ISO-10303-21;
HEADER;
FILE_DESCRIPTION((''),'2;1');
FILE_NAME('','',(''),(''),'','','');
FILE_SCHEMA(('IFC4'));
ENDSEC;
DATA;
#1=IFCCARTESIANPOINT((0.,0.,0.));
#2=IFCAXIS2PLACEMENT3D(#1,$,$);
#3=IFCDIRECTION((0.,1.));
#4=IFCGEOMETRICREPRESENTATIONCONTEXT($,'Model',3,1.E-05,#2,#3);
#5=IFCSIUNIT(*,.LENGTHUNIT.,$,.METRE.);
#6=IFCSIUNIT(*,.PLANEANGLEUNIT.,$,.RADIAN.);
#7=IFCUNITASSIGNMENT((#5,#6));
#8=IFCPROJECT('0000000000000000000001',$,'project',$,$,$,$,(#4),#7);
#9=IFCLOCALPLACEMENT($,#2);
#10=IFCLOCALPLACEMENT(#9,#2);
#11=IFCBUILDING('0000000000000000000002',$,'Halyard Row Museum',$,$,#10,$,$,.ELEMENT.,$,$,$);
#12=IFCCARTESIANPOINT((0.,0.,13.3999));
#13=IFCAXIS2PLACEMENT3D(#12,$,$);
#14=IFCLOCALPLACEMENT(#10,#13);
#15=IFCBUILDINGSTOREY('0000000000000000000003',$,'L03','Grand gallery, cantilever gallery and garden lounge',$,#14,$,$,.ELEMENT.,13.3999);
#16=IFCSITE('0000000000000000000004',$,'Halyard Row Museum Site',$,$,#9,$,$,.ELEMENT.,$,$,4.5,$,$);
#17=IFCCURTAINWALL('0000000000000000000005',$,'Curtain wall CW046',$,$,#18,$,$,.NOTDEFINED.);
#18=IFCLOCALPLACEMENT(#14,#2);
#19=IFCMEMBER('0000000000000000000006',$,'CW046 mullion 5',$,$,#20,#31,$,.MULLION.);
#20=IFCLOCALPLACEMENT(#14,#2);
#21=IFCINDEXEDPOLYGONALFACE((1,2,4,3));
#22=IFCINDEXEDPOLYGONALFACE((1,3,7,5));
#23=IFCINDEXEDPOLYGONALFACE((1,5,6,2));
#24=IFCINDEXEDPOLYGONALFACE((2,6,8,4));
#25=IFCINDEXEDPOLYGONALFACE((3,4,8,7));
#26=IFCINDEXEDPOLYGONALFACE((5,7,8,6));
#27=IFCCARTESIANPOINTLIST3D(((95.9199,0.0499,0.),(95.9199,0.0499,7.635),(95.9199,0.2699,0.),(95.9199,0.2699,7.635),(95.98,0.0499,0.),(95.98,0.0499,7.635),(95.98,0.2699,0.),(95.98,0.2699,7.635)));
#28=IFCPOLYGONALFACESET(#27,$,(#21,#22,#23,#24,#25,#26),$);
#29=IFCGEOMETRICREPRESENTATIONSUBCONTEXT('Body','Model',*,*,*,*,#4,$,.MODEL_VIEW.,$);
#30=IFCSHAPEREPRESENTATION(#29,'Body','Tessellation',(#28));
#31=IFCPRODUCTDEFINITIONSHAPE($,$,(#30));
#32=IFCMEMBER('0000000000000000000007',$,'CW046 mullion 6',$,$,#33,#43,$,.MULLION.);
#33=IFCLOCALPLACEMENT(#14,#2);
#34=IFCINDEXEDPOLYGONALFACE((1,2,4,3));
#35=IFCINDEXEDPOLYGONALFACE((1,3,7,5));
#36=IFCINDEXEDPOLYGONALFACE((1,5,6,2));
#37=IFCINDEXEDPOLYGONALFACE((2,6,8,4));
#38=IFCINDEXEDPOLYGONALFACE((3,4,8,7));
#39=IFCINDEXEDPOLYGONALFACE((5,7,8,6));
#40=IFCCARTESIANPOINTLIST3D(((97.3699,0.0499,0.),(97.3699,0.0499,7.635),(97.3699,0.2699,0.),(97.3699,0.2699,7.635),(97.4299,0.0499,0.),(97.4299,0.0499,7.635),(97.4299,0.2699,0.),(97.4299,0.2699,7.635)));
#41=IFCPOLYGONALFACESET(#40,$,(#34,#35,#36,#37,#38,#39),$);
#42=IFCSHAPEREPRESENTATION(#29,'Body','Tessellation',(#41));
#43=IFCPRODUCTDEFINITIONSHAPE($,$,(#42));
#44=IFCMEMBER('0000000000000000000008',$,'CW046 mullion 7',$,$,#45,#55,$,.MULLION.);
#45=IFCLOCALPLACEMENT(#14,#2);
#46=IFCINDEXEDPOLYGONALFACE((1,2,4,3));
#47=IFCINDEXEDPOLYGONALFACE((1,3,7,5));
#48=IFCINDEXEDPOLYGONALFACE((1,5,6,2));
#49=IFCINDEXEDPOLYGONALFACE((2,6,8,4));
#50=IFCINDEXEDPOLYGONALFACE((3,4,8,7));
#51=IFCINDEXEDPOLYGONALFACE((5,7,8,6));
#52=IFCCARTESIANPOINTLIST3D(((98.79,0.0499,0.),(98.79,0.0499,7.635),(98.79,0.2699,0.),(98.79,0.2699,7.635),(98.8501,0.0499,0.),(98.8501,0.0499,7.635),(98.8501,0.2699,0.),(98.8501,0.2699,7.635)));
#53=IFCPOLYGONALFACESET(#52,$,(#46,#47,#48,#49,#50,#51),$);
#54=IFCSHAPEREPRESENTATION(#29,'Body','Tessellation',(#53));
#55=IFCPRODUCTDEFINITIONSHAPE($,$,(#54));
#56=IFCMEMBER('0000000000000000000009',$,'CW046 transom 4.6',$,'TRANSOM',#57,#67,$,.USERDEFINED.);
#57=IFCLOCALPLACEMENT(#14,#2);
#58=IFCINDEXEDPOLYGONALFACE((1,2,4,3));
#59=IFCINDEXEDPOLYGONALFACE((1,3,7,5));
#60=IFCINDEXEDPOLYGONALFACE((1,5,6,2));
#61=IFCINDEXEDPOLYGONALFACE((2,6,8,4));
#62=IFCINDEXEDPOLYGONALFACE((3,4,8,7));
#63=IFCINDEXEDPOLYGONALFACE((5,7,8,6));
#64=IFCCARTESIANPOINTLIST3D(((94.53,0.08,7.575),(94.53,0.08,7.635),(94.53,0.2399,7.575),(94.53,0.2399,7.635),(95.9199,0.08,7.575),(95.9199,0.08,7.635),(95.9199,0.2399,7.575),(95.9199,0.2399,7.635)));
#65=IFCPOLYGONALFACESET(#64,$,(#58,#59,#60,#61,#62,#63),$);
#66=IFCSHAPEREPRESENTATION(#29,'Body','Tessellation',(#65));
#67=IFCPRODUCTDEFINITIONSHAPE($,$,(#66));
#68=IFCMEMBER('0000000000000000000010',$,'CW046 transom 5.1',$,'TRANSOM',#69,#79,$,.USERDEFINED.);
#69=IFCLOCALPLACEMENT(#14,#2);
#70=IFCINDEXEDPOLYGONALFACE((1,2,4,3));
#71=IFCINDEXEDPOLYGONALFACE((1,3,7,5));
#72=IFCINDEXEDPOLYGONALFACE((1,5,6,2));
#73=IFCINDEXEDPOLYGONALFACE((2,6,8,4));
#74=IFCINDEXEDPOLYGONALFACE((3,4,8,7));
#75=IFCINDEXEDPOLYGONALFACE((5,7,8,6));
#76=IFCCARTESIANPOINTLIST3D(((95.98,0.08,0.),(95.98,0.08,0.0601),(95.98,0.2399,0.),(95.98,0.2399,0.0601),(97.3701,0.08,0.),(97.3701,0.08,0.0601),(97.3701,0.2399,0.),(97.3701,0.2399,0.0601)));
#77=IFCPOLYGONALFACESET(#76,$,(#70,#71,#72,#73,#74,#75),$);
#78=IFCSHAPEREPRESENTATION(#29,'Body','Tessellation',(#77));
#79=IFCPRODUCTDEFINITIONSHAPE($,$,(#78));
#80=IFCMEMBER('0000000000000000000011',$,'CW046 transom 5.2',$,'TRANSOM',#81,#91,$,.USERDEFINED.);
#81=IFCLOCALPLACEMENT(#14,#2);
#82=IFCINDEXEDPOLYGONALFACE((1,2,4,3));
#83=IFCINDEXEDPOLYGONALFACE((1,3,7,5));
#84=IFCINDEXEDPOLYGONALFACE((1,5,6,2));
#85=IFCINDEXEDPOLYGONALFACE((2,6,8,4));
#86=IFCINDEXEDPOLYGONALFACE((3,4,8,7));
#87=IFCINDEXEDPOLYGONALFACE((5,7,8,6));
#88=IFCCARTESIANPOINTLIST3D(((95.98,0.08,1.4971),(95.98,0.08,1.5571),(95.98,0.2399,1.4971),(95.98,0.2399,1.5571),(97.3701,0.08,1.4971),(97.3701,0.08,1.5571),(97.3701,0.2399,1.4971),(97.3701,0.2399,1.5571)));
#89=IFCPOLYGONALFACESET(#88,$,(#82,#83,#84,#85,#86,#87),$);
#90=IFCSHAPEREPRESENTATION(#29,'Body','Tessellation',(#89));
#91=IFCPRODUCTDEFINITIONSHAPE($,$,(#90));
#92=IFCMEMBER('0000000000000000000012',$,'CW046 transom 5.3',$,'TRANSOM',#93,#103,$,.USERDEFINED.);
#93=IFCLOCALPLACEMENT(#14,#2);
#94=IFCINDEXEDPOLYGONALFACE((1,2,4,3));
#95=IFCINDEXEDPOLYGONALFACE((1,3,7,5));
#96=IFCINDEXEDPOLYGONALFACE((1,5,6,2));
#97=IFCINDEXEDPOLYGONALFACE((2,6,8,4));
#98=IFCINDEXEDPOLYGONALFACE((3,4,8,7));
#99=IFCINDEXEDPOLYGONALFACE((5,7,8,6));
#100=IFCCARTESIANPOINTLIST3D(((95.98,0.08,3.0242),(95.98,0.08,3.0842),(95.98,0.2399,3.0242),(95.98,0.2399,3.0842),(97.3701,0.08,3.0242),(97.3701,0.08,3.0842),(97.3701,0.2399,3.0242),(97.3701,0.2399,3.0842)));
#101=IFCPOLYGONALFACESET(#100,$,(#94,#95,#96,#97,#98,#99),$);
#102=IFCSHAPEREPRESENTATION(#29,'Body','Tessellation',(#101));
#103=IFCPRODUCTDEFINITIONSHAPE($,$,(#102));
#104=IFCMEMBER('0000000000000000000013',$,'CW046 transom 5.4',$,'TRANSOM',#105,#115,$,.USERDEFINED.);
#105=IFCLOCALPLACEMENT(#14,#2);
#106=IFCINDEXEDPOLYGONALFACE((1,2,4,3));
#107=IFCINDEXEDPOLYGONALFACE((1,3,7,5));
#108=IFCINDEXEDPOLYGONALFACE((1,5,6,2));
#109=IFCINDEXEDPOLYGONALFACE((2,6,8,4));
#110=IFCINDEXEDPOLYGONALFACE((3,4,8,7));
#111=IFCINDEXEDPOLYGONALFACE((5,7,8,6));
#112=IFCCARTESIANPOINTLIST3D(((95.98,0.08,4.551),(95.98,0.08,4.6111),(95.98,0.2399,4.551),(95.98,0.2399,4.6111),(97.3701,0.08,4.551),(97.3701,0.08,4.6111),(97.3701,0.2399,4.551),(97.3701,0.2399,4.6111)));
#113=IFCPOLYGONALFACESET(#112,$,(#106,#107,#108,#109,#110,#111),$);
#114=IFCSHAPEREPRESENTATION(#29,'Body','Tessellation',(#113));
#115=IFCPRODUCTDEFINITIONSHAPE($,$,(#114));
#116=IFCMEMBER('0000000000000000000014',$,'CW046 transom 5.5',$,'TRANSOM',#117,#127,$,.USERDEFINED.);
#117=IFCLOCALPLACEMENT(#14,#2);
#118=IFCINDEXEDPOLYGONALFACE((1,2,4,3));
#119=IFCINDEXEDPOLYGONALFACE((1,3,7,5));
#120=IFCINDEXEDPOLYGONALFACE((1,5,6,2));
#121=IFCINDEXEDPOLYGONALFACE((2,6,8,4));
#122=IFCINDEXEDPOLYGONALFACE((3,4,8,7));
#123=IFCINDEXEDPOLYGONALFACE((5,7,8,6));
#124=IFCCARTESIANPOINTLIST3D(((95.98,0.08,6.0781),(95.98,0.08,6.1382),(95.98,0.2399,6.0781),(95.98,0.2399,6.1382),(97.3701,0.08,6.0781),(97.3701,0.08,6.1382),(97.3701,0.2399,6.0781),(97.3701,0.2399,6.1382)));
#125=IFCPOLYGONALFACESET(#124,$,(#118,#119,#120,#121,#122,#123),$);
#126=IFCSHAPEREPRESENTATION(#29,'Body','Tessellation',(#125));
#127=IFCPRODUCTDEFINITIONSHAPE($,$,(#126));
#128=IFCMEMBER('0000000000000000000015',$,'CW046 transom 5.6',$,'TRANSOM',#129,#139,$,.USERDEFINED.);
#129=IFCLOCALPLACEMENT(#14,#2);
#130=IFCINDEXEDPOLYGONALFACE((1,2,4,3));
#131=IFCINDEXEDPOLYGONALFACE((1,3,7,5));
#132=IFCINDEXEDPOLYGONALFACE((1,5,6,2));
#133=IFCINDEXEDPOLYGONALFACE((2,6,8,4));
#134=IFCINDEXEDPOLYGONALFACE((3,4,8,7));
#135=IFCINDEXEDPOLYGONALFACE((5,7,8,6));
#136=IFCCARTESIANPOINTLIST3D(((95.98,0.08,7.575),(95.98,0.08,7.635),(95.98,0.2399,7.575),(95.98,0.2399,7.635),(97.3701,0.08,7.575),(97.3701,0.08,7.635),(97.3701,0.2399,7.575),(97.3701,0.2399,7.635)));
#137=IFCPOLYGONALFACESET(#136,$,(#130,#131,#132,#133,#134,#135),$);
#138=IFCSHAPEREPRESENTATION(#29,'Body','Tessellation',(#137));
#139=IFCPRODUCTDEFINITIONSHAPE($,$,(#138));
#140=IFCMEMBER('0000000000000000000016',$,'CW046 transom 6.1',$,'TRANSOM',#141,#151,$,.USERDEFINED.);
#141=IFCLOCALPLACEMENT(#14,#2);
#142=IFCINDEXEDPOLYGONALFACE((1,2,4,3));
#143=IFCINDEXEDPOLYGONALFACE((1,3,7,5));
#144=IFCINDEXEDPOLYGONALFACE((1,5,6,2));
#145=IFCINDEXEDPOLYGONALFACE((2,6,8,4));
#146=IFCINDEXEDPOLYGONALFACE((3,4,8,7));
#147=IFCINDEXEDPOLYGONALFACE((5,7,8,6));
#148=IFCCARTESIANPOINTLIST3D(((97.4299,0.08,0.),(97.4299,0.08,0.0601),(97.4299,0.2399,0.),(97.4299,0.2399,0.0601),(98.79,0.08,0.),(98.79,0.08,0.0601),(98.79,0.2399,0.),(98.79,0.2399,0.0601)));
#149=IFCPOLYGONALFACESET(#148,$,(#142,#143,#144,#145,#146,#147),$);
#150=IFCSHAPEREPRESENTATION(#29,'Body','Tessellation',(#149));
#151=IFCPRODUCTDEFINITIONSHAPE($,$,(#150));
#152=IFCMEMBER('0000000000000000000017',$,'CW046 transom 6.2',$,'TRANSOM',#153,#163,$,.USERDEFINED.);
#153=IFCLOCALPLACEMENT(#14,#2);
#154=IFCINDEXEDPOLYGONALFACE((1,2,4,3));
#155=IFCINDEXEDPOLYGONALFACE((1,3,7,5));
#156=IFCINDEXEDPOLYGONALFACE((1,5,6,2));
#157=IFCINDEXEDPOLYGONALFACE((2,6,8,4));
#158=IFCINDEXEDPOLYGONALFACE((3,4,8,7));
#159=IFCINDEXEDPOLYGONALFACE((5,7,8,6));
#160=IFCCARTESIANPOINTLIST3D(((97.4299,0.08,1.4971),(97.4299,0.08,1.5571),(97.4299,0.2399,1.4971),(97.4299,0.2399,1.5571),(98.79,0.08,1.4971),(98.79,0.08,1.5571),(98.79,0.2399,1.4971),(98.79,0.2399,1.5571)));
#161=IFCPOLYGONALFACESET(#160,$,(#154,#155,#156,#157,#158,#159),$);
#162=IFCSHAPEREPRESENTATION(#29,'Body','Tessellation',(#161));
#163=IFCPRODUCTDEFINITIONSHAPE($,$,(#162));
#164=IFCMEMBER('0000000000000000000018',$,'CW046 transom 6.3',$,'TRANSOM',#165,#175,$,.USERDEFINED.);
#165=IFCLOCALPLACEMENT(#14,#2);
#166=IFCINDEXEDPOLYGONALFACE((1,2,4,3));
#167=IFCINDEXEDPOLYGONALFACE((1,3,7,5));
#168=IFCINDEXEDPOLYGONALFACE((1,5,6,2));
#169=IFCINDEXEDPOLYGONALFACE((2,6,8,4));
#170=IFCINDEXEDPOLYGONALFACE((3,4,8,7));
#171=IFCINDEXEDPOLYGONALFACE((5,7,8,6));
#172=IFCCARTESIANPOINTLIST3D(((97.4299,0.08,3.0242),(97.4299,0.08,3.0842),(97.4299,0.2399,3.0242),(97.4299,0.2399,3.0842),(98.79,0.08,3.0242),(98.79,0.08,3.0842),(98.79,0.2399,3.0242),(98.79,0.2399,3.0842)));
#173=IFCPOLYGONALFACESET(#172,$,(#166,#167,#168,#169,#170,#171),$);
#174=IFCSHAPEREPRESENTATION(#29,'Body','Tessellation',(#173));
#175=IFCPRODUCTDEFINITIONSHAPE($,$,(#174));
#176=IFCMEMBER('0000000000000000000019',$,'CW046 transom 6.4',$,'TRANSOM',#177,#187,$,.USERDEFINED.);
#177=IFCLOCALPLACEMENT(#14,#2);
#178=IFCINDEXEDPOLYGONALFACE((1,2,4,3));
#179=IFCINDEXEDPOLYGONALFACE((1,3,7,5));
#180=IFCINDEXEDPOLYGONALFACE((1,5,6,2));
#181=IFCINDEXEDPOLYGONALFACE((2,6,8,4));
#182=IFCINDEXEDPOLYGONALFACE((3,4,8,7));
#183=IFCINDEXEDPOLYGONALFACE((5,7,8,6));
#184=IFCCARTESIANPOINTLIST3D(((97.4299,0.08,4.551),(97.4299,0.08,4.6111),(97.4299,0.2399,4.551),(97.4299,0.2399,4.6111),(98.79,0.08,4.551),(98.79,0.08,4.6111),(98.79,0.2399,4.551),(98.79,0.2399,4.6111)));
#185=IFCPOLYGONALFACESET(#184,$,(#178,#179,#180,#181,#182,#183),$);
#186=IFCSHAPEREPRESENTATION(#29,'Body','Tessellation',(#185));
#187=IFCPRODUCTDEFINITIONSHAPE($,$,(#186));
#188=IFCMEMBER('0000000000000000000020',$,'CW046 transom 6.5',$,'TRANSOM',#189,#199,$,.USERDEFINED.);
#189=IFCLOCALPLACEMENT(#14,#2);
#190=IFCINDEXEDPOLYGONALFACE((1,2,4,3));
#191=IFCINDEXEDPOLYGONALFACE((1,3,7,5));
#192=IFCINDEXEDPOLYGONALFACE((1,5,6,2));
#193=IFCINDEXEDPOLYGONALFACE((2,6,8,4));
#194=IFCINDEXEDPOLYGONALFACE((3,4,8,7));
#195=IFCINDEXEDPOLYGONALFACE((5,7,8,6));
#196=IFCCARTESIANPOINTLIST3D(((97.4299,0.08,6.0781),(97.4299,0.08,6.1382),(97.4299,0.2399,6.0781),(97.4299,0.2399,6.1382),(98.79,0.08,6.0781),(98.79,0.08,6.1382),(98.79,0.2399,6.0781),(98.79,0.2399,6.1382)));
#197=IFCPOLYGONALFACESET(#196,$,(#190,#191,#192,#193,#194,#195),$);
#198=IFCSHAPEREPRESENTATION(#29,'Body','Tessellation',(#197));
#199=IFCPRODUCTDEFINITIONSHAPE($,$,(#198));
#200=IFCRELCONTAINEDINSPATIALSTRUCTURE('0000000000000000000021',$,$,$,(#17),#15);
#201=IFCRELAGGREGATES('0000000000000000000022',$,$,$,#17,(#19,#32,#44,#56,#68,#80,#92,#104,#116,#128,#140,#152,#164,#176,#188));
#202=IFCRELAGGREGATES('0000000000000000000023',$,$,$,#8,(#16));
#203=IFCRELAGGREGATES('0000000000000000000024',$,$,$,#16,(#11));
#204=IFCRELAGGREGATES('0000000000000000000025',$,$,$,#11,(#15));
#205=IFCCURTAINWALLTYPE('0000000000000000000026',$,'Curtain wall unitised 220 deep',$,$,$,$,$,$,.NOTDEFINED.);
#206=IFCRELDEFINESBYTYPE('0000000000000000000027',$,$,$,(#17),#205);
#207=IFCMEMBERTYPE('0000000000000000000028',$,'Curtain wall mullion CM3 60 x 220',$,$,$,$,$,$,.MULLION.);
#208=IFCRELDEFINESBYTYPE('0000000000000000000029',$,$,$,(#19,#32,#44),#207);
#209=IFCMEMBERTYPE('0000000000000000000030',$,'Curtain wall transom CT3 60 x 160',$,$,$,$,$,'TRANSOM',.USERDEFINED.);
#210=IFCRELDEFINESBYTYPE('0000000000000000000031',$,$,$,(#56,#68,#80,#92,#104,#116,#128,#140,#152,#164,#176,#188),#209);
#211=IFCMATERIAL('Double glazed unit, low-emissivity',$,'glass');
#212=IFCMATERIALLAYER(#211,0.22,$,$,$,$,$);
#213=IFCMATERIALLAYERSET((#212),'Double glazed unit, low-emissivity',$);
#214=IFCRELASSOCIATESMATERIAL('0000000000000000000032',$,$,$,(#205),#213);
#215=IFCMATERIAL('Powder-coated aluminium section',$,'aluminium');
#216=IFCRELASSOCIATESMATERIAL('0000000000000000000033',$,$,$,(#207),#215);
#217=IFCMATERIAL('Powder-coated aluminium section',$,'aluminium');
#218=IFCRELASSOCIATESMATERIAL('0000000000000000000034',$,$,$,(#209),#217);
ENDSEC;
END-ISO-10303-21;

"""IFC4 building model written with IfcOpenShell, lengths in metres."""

from ifc_helpers import new_model, si_unit, direction, frame, origin, origin_2d, place, context, subcontext, project, spatial, rectangle, extrude, material, layer, layer_set, material_profile, profile_set, type_object, element, aggregate, save


model = new_model("IFC4")

# Units and contexts
model_context = context("Model", 3, precision=1e-05, world=origin(), true_north=direction((0.0, 1.0)))
body_context = subcontext(model_context, "Body", "Model", "MODEL_VIEW")
ifc_project = project(units=[si_unit("LENGTHUNIT", "METRE"), si_unit("PLANEANGLEUNIT", "RADIAN")], contexts=[model_context])

# Site, building, storey
site_placement = place(None, origin())
site = spatial("IfcSite", under=ifc_project, at=site_placement, Name="Halyard Row Museum Site", CompositionType="ELEMENT", RefElevation=4.5)
building_placement = place(site_placement, origin())
building = spatial("IfcBuilding", under=site, at=building_placement, Name="Halyard Row Museum", CompositionType="ELEMENT")
storey_placement = place(building_placement, frame((0.0, 0.0, 13.3999)))
storey = spatial("IfcBuildingStorey", under=building, at=storey_placement, Name="L03", Description="Grand gallery, cantilever gallery and garden lounge", CompositionType="ELEMENT", Elevation=13.3999)

# Curtain wall, members
ifc_material_1 = material(Name="Double glazed unit, low-emissivity", Category="glass")
ifc_layer_1 = layer(ifc_material_1, 0.22)
ifc_layer_set_1 = layer_set([ifc_layer_1], Name="Double glazed unit, low-emissivity")
curtain_wall_type_1 = type_object("IfcCurtainWallType", Name="Curtain wall unitised 220 deep", PredefinedType="NOTDEFINED", material=ifc_layer_set_1)
curtain_wall_1_placement = place(storey_placement, origin())
curtain_wall_1 = element("IfcCurtainWall", 1, at=curtain_wall_1_placement, inside=storey, type_object=curtain_wall_type_1, Name="Curtain wall CW046", PredefinedType="NOTDEFINED")
ifc_material_2 = material(Name="Powder-coated aluminium section", Category="aluminium")
ifc_material_profile_1 = material_profile(ifc_material_2, rectangle(XDim=0.22, YDim=0.0601, at=origin_2d()), Name="220x60 mullion")
ifc_profile_set_1 = profile_set([ifc_material_profile_1], Name="Powder-coated aluminium section")
member_type_1 = type_object("IfcMemberType", Name="Curtain wall mullion CM3 60 x 220", PredefinedType="MULLION", material=ifc_profile_set_1)
member_1_placement = place(storey_placement, frame((95.95, 0.1599, 0.0), z_axis=(0.0, 0.0, 1.0), x_axis=(0.0, 1.0, 0.0)))
member_1 = element("IfcMember", 2, at=member_1_placement, type_object=member_type_1, Name="CW046 mullion 5", PredefinedType="MULLION", context=body_context, shape_type="SweptSolid", body=[
    extrude(rectangle(XDim=0.22, YDim=0.0601, at=origin_2d()), origin(), (0.0, 0.0, 1.0), 7.635),
])
member_2_placement = place(storey_placement, frame((97.3999, 0.1599, 0.0), z_axis=(0.0, 0.0, 1.0), x_axis=(0.0, 1.0, 0.0)))
member_2 = element("IfcMember", 3, at=member_2_placement, type_object=member_type_1, Name="CW046 mullion 6", PredefinedType="MULLION", context=body_context, shape_type="SweptSolid", body=[
    extrude(rectangle(XDim=0.22, YDim=0.0601, at=origin_2d()), origin(), (0.0, 0.0, 1.0), 7.635),
])
member_3_placement = place(storey_placement, frame((98.8201, 0.1599, 0.0), z_axis=(0.0, 0.0, 1.0), x_axis=(0.0, 1.0, 0.0)))
member_3 = element("IfcMember", 4, at=member_3_placement, type_object=member_type_1, Name="CW046 mullion 7", PredefinedType="MULLION", context=body_context, shape_type="SweptSolid", body=[
    extrude(rectangle(XDim=0.22, YDim=0.0601, at=origin_2d()), origin(), (0.0, 0.0, 1.0), 7.635),
])
ifc_material_3 = material(Name="Powder-coated aluminium section", Category="aluminium")
ifc_material_profile_2 = material_profile(ifc_material_3, rectangle(XDim=0.1599, YDim=0.0601, at=origin_2d()), Name="160x60 transom")
ifc_profile_set_2 = profile_set([ifc_material_profile_2], Name="Powder-coated aluminium section")
member_type_2 = type_object("IfcMemberType", Name="Curtain wall transom CT3 60 x 160", ElementType="TRANSOM", PredefinedType="USERDEFINED", material=ifc_profile_set_2)
member_4_placement = place(storey_placement, frame((94.53, 0.1599, 7.605), z_axis=(1.0, 0.0, 0.0), x_axis=(0.0, 1.0, 0.0)))
member_4 = element("IfcMember", 5, at=member_4_placement, type_object=member_type_2, Name="CW046 transom 4.6", ObjectType="TRANSOM", PredefinedType="USERDEFINED", context=body_context, shape_type="SweptSolid", body=[
    extrude(rectangle(XDim=0.1599, YDim=0.0601, at=origin_2d()), origin(), (0.0, 0.0, 1.0), 1.3899),
])
member_5_placement = place(storey_placement, frame((95.98, 0.1599, 0.03), z_axis=(1.0, 0.0, 0.0), x_axis=(0.0, 1.0, 0.0)))
member_5 = element("IfcMember", 6, at=member_5_placement, type_object=member_type_2, Name="CW046 transom 5.1", ObjectType="TRANSOM", PredefinedType="USERDEFINED", context=body_context, shape_type="SweptSolid", body=[
    extrude(rectangle(XDim=0.1599, YDim=0.0601, at=origin_2d()), origin(), (0.0, 0.0, 1.0), 1.3901),
])
member_6_placement = place(storey_placement, frame((95.98, 0.1599, 1.5271), z_axis=(1.0, 0.0, 0.0), x_axis=(0.0, 1.0, 0.0)))
member_6 = element("IfcMember", 7, at=member_6_placement, type_object=member_type_2, Name="CW046 transom 5.2", ObjectType="TRANSOM", PredefinedType="USERDEFINED", context=body_context, shape_type="SweptSolid", body=[
    extrude(rectangle(XDim=0.1599, YDim=0.0601, at=origin_2d()), origin(), (0.0, 0.0, 1.0), 1.3901),
])
member_7_placement = place(storey_placement, frame((95.98, 0.1599, 3.0542), z_axis=(1.0, 0.0, 0.0), x_axis=(0.0, 1.0, 0.0)))
member_7 = element("IfcMember", 8, at=member_7_placement, type_object=member_type_2, Name="CW046 transom 5.3", ObjectType="TRANSOM", PredefinedType="USERDEFINED", context=body_context, shape_type="SweptSolid", body=[
    extrude(rectangle(XDim=0.1599, YDim=0.0601, at=origin_2d()), origin(), (0.0, 0.0, 1.0), 1.3901),
])
member_8_placement = place(storey_placement, frame((95.98, 0.1599, 4.5811), z_axis=(1.0, 0.0, 0.0), x_axis=(0.0, 1.0, 0.0)))
member_8 = element("IfcMember", 9, at=member_8_placement, type_object=member_type_2, Name="CW046 transom 5.4", ObjectType="TRANSOM", PredefinedType="USERDEFINED", context=body_context, shape_type="SweptSolid", body=[
    extrude(rectangle(XDim=0.1599, YDim=0.0601, at=origin_2d()), origin(), (0.0, 0.0, 1.0), 1.3901),
])
member_9_placement = place(storey_placement, frame((95.98, 0.1599, 6.1082), z_axis=(1.0, 0.0, 0.0), x_axis=(0.0, 1.0, 0.0)))
member_9 = element("IfcMember", 10, at=member_9_placement, type_object=member_type_2, Name="CW046 transom 5.5", ObjectType="TRANSOM", PredefinedType="USERDEFINED", context=body_context, shape_type="SweptSolid", body=[
    extrude(rectangle(XDim=0.1599, YDim=0.0601, at=origin_2d()), origin(), (0.0, 0.0, 1.0), 1.3901),
])
member_10_placement = place(storey_placement, frame((95.98, 0.1599, 7.605), z_axis=(1.0, 0.0, 0.0), x_axis=(0.0, 1.0, 0.0)))
member_10 = element("IfcMember", 11, at=member_10_placement, type_object=member_type_2, Name="CW046 transom 5.6", ObjectType="TRANSOM", PredefinedType="USERDEFINED", context=body_context, shape_type="SweptSolid", body=[
    extrude(rectangle(XDim=0.1599, YDim=0.0601, at=origin_2d()), origin(), (0.0, 0.0, 1.0), 1.3901),
])
member_11_placement = place(storey_placement, frame((97.4299, 0.1599, 0.03), z_axis=(1.0, 0.0, 0.0), x_axis=(0.0, 1.0, 0.0)))
member_11 = element("IfcMember", 12, at=member_11_placement, type_object=member_type_2, Name="CW046 transom 6.1", ObjectType="TRANSOM", PredefinedType="USERDEFINED", context=body_context, shape_type="SweptSolid", body=[
    extrude(rectangle(XDim=0.1599, YDim=0.0601, at=origin_2d()), origin(), (0.0, 0.0, 1.0), 1.3601),
])
member_12_placement = place(storey_placement, frame((97.4299, 0.1599, 1.5271), z_axis=(1.0, 0.0, 0.0), x_axis=(0.0, 1.0, 0.0)))
member_12 = element("IfcMember", 13, at=member_12_placement, type_object=member_type_2, Name="CW046 transom 6.2", ObjectType="TRANSOM", PredefinedType="USERDEFINED", context=body_context, shape_type="SweptSolid", body=[
    extrude(rectangle(XDim=0.1599, YDim=0.0601, at=origin_2d()), origin(), (0.0, 0.0, 1.0), 1.3601),
])
member_13_placement = place(storey_placement, frame((97.4299, 0.1599, 3.0542), z_axis=(1.0, 0.0, 0.0), x_axis=(0.0, 1.0, 0.0)))
member_13 = element("IfcMember", 14, at=member_13_placement, type_object=member_type_2, Name="CW046 transom 6.3", ObjectType="TRANSOM", PredefinedType="USERDEFINED", context=body_context, shape_type="SweptSolid", body=[
    extrude(rectangle(XDim=0.1599, YDim=0.0601, at=origin_2d()), origin(), (0.0, 0.0, 1.0), 1.3601),
])
member_14_placement = place(storey_placement, frame((97.4299, 0.1599, 4.5811), z_axis=(1.0, 0.0, 0.0), x_axis=(0.0, 1.0, 0.0)))
member_14 = element("IfcMember", 15, at=member_14_placement, type_object=member_type_2, Name="CW046 transom 6.4", ObjectType="TRANSOM", PredefinedType="USERDEFINED", context=body_context, shape_type="SweptSolid", body=[
    extrude(rectangle(XDim=0.1599, YDim=0.0601, at=origin_2d()), origin(), (0.0, 0.0, 1.0), 1.3601),
])
member_15_placement = place(storey_placement, frame((97.4299, 0.1599, 6.1082), z_axis=(1.0, 0.0, 0.0), x_axis=(0.0, 1.0, 0.0)))
member_15 = element("IfcMember", 16, at=member_15_placement, type_object=member_type_2, Name="CW046 transom 6.5", ObjectType="TRANSOM", PredefinedType="USERDEFINED", context=body_context, shape_type="SweptSolid", body=[
    extrude(rectangle(XDim=0.1599, YDim=0.0601, at=origin_2d()), origin(), (0.0, 0.0, 1.0), 1.3601),
])

aggregate(curtain_wall_1, [member_1, member_2, member_3, member_4, member_5, member_6, member_7, member_8, member_9, member_10, member_11, member_12, member_13, member_14, member_15])

save(model, "model.ifc")
